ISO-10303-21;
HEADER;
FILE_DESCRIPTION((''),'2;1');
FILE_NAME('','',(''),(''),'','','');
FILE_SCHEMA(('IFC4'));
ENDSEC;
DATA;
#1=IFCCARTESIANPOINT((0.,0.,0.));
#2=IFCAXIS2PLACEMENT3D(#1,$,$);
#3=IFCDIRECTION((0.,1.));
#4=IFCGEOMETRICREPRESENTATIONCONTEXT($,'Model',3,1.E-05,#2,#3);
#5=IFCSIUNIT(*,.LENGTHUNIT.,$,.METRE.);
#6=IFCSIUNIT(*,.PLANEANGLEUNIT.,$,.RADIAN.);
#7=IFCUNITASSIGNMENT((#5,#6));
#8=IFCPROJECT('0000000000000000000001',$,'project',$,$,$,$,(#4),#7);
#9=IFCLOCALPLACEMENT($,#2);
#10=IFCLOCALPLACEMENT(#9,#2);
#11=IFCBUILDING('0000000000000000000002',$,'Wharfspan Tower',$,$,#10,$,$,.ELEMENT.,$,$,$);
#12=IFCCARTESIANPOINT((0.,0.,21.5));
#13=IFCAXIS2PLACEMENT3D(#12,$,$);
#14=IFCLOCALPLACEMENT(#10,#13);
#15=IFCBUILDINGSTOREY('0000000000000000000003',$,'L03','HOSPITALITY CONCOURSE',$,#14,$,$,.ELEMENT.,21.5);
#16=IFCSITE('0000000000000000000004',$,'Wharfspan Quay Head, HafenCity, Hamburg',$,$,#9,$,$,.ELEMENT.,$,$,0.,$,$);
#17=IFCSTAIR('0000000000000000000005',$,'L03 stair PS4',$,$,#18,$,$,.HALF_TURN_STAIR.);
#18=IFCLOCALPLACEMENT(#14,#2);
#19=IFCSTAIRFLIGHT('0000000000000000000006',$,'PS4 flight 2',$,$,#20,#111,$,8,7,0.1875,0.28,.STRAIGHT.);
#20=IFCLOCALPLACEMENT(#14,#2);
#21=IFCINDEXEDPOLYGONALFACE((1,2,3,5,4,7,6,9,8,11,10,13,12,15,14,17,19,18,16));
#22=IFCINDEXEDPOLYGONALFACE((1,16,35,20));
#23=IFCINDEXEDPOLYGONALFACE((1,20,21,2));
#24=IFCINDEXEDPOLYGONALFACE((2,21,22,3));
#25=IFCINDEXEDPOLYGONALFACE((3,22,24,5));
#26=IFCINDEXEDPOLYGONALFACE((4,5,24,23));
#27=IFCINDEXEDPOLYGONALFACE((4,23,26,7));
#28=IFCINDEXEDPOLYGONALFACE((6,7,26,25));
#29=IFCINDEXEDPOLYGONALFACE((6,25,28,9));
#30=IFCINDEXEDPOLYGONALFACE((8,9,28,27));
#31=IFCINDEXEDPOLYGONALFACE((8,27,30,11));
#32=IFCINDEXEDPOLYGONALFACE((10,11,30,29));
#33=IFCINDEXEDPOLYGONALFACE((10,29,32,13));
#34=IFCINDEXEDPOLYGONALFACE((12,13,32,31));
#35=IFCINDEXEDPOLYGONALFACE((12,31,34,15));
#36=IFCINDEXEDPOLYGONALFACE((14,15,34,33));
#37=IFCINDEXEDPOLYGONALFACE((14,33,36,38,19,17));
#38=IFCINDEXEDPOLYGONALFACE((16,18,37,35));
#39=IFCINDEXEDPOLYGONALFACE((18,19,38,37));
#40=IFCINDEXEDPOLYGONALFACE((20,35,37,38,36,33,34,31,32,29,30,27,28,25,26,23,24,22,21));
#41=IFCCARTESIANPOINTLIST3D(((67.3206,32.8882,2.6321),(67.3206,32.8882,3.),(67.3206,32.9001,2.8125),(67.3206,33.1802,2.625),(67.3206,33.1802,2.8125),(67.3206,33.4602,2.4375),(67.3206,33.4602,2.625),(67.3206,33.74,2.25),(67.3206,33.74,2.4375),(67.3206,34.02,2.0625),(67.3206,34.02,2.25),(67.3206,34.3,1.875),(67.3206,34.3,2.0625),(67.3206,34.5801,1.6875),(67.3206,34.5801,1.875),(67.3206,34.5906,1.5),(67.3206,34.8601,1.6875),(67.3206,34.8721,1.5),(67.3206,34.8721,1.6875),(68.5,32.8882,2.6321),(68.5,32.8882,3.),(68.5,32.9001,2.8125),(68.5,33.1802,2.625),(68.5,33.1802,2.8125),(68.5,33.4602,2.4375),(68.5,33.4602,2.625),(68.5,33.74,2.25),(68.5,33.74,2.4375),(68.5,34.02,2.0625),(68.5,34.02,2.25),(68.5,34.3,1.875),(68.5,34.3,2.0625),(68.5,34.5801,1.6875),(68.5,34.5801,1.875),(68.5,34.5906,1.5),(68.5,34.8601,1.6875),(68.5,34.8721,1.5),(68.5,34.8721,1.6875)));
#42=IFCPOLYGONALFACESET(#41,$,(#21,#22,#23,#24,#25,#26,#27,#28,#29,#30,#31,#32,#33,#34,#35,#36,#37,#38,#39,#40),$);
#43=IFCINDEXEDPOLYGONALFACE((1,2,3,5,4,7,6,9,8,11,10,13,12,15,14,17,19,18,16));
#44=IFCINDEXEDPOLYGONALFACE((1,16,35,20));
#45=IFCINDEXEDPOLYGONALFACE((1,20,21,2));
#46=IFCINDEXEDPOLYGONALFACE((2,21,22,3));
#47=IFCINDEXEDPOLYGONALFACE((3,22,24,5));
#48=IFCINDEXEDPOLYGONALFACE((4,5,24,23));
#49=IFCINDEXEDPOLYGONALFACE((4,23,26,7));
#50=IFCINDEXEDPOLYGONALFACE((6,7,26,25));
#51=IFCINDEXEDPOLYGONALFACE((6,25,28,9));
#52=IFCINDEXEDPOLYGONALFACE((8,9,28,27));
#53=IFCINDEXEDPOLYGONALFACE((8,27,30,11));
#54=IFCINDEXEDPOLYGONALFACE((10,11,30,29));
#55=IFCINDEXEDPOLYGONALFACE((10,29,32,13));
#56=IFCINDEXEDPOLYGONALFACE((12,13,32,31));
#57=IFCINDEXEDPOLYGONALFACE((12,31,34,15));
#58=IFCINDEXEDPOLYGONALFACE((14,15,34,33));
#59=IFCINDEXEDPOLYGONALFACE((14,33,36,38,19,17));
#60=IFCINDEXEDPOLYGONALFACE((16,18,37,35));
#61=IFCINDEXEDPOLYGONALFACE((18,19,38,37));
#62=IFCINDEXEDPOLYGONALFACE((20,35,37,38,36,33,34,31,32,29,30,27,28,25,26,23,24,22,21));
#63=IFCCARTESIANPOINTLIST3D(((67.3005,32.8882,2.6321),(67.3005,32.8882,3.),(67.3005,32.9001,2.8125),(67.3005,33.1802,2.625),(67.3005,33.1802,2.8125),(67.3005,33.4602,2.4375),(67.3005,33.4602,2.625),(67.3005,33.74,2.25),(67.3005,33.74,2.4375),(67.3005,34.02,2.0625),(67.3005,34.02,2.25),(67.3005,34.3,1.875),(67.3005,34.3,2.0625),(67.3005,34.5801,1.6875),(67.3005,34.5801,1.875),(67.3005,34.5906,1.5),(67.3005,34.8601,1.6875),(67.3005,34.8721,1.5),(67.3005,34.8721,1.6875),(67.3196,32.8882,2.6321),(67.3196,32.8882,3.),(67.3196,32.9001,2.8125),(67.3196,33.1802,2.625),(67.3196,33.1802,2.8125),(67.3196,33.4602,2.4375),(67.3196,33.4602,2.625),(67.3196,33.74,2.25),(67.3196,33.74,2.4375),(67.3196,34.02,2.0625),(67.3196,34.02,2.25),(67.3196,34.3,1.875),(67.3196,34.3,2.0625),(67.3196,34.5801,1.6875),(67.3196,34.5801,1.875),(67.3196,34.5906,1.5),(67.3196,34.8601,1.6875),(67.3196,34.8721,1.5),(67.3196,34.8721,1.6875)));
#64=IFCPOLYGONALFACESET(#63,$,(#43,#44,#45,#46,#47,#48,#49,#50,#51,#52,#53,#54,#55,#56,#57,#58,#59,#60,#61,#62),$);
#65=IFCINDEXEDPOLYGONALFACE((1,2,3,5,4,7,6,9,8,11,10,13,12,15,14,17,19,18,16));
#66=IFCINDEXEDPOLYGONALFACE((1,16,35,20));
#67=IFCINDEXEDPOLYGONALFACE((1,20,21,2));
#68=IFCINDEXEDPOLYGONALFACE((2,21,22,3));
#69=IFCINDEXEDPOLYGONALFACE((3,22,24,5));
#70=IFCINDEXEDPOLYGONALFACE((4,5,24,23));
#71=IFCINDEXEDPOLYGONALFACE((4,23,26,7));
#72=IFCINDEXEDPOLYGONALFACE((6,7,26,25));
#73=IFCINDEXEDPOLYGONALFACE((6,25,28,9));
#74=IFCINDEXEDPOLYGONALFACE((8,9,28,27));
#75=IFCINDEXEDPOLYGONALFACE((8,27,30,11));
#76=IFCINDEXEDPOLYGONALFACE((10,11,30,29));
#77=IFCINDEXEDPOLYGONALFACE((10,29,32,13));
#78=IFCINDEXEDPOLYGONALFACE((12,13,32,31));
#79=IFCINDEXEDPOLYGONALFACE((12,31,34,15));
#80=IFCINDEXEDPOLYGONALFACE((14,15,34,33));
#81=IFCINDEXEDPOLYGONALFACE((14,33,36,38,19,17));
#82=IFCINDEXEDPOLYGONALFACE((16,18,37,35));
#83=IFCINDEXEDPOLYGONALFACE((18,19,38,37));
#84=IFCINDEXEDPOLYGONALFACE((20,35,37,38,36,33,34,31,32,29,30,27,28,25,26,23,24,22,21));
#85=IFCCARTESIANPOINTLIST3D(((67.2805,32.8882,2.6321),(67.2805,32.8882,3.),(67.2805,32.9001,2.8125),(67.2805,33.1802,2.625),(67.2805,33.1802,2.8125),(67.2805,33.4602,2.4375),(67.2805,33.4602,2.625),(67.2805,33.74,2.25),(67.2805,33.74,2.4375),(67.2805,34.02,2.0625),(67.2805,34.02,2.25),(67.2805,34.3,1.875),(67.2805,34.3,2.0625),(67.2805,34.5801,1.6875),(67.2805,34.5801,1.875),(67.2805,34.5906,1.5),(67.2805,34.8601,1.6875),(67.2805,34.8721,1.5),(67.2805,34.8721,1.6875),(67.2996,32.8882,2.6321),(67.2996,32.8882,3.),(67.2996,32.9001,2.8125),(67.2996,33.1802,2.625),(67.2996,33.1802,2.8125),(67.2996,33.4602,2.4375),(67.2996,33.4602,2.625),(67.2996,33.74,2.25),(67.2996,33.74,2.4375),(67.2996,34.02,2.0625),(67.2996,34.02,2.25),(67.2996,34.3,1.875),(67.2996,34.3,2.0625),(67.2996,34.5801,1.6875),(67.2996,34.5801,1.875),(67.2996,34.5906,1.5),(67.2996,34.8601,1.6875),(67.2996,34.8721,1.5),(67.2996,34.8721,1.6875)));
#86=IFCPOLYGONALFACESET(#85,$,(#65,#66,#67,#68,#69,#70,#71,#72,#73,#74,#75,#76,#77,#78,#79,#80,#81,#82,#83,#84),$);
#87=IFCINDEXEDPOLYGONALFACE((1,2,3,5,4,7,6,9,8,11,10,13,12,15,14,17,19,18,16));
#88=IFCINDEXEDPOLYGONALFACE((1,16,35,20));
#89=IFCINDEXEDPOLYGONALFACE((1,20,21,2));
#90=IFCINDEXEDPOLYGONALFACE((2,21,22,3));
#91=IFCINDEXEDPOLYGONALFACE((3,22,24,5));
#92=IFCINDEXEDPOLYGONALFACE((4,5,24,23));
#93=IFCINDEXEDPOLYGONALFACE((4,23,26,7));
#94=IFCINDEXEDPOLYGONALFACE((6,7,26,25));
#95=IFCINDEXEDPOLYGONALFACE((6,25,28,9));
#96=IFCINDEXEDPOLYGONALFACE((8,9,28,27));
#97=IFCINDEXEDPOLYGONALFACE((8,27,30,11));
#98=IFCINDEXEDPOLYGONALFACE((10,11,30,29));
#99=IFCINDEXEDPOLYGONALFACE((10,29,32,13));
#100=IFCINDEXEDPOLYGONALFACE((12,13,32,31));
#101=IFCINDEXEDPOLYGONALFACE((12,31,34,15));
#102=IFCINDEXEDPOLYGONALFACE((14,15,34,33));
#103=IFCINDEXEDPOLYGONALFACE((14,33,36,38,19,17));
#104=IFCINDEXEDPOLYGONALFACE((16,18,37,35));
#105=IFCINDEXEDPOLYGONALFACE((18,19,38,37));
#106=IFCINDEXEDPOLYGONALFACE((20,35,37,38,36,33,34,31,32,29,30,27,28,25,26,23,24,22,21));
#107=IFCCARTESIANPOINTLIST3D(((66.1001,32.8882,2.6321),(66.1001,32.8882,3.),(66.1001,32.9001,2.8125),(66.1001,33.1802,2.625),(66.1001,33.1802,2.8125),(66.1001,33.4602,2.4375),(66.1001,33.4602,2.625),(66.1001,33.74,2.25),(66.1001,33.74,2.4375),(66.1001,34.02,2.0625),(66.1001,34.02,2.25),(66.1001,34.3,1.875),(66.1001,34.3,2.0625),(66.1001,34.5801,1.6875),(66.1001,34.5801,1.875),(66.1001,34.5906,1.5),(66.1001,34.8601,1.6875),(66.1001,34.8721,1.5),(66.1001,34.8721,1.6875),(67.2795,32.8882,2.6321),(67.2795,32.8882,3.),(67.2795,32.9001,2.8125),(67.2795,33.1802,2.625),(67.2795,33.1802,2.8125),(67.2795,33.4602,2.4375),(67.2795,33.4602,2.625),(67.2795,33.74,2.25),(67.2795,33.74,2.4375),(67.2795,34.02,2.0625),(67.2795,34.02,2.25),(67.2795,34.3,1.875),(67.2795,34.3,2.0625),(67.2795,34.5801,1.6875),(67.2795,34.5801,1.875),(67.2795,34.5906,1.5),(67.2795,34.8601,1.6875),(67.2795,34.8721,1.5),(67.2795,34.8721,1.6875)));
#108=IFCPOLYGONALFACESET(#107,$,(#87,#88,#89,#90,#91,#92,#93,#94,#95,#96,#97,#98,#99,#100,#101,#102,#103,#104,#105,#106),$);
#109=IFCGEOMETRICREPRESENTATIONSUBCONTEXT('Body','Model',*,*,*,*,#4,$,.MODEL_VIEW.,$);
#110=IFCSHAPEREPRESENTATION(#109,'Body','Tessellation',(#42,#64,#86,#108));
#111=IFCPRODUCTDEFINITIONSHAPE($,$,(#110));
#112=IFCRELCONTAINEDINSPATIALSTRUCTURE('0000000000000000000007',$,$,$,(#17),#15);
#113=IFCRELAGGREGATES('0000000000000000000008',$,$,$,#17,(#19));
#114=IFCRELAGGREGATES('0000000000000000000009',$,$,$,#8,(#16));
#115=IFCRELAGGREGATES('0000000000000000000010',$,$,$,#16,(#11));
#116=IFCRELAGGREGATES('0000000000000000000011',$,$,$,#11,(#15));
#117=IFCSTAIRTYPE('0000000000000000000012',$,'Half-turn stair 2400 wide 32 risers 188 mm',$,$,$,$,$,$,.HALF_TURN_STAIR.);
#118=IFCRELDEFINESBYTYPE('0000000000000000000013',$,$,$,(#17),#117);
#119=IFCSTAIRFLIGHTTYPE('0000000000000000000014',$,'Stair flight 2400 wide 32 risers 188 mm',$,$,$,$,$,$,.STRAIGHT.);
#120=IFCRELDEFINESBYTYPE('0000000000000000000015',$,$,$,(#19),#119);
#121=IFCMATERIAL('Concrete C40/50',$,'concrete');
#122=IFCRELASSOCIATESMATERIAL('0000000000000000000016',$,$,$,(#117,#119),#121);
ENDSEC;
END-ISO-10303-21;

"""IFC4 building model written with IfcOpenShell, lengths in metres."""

from ifc_helpers import new_model, si_unit, direction, frame, origin, place, context, subcontext, project, spatial, polyline, outline, extrude, material, type_object, element, aggregate, save


model = new_model("IFC4")

# Units and contexts
model_context = context("Model", 3, precision=1e-05, world=origin(), true_north=direction((0.0, 1.0)))
body_context = subcontext(model_context, "Body", "Model", "MODEL_VIEW")
ifc_project = project(units=[si_unit("LENGTHUNIT", "METRE"), si_unit("PLANEANGLEUNIT", "RADIAN")], contexts=[model_context])

# Site, building, storey
site_placement = place(None, origin())
site = spatial("IfcSite", under=ifc_project, at=site_placement, Name="Wharfspan Quay Head, HafenCity, Hamburg", CompositionType="ELEMENT", RefElevation=0.0)
building_placement = place(site_placement, origin())
building = spatial("IfcBuilding", under=site, at=building_placement, Name="Wharfspan Tower", CompositionType="ELEMENT")
storey_placement = place(building_placement, frame((0.0, 0.0, 21.5)))
storey = spatial("IfcBuildingStorey", under=building, at=storey_placement, Name="L03", Description="HOSPITALITY CONCOURSE", CompositionType="ELEMENT", Elevation=21.5)

# Shared definitions
ifc_material_1 = material(Name="Concrete C40/50", Category="concrete")

# Stair, stair flight
stair_type = type_object("IfcStairType", Name="Half-turn stair 2400 wide 32 risers 188 mm", PredefinedType="HALF_TURN_STAIR", material=ifc_material_1)
stair_placement = place(storey_placement, origin())
stair = element("IfcStair", 1, at=stair_placement, inside=storey, type_object=stair_type, Name="L03 stair PS4", PredefinedType="HALF_TURN_STAIR")
stair_flight_type = type_object("IfcStairFlightType", Name="Stair flight 2400 wide 32 risers 188 mm", PredefinedType="STRAIGHT", material=ifc_material_1)
stair_flight_1_placement = place(storey_placement, frame((67.3, 34.8601, 1.5), z_axis=(0.0, 0.0, 1.0), x_axis=(0.0, -1.0, 0.0)))
stair_flight_1 = element("IfcStairFlight", 2, at=stair_flight_1_placement, type_object=stair_flight_type, Name="PS4 flight 2", NumberOfRisers=8, NumberOfTreads=7, PredefinedType="STRAIGHT", RiserHeight=0.1875, TreadLength=0.28, context=body_context, shape_type="SweptSolid", body=[
    extrude(outline(polyline([(-0.012, 0.0), (-0.012, 0.1875), (0.0, 0.1875), (0.28, 0.1875), (0.28, 0.375), (0.5601, 0.375), (0.5601, 0.5625), (0.8401, 0.5625), (0.8401, 0.75), (1.1201, 0.75), (1.1201, 0.9375), (1.3999, 0.9375), (1.3999, 1.125), (1.6799, 1.125), (1.6799, 1.3125), (1.96, 1.3125), (1.9719, 1.5), (1.9719, 1.1321), (0.2695, 0.0), (-0.012, 0.0)])), frame((0.0, 1.2, 0.0), z_axis=(0.0, -1.0, 0.0), x_axis=(1.0, 0.0, 0.0)), (0.0, 0.0, 1.0), 1.1794),
    extrude(outline(polyline([(-0.012, 0.0), (-0.012, 0.1875), (0.0, 0.1875), (0.28, 0.1875), (0.28, 0.375), (0.5601, 0.375), (0.5601, 0.5625), (0.8401, 0.5625), (0.8401, 0.75), (1.1201, 0.75), (1.1201, 0.9375), (1.3999, 0.9375), (1.3999, 1.125), (1.6799, 1.125), (1.6799, 1.3125), (1.96, 1.3125), (1.9719, 1.5), (1.9719, 1.1321), (0.2695, 0.0), (-0.012, 0.0)])), frame((0.0, 0.0195, 0.0), z_axis=(0.0, -1.0, 0.0), x_axis=(1.0, 0.0, 0.0)), (0.0, 0.0, 1.0), 0.019),
    extrude(outline(polyline([(-0.012, 0.0), (-0.012, 0.1875), (0.0, 0.1875), (0.28, 0.1875), (0.28, 0.375), (0.5601, 0.375), (0.5601, 0.5625), (0.8401, 0.5625), (0.8401, 0.75), (1.1201, 0.75), (1.1201, 0.9375), (1.3999, 0.9375), (1.3999, 1.125), (1.6799, 1.125), (1.6799, 1.3125), (1.96, 1.3125), (1.9719, 1.5), (1.9719, 1.1321), (0.2695, 0.0), (-0.012, 0.0)])), frame((0.0, -0.0005, 0.0), z_axis=(0.0, -1.0, 0.0), x_axis=(1.0, 0.0, 0.0)), (0.0, 0.0, 1.0), 0.019),
    extrude(outline(polyline([(-0.012, 0.0), (-0.012, 0.1875), (0.0, 0.1875), (0.28, 0.1875), (0.28, 0.375), (0.5601, 0.375), (0.5601, 0.5625), (0.8401, 0.5625), (0.8401, 0.75), (1.1201, 0.75), (1.1201, 0.9375), (1.3999, 0.9375), (1.3999, 1.125), (1.6799, 1.125), (1.6799, 1.3125), (1.96, 1.3125), (1.9719, 1.5), (1.9719, 1.1321), (0.2695, 0.0), (-0.012, 0.0)])), frame((0.0, -0.0205, 0.0), z_axis=(0.0, -1.0, 0.0), x_axis=(1.0, 0.0, 0.0)), (0.0, 0.0, 1.0), 1.1794),
])
aggregate(stair, [stair_flight_1])

save(model, "model.ifc")
